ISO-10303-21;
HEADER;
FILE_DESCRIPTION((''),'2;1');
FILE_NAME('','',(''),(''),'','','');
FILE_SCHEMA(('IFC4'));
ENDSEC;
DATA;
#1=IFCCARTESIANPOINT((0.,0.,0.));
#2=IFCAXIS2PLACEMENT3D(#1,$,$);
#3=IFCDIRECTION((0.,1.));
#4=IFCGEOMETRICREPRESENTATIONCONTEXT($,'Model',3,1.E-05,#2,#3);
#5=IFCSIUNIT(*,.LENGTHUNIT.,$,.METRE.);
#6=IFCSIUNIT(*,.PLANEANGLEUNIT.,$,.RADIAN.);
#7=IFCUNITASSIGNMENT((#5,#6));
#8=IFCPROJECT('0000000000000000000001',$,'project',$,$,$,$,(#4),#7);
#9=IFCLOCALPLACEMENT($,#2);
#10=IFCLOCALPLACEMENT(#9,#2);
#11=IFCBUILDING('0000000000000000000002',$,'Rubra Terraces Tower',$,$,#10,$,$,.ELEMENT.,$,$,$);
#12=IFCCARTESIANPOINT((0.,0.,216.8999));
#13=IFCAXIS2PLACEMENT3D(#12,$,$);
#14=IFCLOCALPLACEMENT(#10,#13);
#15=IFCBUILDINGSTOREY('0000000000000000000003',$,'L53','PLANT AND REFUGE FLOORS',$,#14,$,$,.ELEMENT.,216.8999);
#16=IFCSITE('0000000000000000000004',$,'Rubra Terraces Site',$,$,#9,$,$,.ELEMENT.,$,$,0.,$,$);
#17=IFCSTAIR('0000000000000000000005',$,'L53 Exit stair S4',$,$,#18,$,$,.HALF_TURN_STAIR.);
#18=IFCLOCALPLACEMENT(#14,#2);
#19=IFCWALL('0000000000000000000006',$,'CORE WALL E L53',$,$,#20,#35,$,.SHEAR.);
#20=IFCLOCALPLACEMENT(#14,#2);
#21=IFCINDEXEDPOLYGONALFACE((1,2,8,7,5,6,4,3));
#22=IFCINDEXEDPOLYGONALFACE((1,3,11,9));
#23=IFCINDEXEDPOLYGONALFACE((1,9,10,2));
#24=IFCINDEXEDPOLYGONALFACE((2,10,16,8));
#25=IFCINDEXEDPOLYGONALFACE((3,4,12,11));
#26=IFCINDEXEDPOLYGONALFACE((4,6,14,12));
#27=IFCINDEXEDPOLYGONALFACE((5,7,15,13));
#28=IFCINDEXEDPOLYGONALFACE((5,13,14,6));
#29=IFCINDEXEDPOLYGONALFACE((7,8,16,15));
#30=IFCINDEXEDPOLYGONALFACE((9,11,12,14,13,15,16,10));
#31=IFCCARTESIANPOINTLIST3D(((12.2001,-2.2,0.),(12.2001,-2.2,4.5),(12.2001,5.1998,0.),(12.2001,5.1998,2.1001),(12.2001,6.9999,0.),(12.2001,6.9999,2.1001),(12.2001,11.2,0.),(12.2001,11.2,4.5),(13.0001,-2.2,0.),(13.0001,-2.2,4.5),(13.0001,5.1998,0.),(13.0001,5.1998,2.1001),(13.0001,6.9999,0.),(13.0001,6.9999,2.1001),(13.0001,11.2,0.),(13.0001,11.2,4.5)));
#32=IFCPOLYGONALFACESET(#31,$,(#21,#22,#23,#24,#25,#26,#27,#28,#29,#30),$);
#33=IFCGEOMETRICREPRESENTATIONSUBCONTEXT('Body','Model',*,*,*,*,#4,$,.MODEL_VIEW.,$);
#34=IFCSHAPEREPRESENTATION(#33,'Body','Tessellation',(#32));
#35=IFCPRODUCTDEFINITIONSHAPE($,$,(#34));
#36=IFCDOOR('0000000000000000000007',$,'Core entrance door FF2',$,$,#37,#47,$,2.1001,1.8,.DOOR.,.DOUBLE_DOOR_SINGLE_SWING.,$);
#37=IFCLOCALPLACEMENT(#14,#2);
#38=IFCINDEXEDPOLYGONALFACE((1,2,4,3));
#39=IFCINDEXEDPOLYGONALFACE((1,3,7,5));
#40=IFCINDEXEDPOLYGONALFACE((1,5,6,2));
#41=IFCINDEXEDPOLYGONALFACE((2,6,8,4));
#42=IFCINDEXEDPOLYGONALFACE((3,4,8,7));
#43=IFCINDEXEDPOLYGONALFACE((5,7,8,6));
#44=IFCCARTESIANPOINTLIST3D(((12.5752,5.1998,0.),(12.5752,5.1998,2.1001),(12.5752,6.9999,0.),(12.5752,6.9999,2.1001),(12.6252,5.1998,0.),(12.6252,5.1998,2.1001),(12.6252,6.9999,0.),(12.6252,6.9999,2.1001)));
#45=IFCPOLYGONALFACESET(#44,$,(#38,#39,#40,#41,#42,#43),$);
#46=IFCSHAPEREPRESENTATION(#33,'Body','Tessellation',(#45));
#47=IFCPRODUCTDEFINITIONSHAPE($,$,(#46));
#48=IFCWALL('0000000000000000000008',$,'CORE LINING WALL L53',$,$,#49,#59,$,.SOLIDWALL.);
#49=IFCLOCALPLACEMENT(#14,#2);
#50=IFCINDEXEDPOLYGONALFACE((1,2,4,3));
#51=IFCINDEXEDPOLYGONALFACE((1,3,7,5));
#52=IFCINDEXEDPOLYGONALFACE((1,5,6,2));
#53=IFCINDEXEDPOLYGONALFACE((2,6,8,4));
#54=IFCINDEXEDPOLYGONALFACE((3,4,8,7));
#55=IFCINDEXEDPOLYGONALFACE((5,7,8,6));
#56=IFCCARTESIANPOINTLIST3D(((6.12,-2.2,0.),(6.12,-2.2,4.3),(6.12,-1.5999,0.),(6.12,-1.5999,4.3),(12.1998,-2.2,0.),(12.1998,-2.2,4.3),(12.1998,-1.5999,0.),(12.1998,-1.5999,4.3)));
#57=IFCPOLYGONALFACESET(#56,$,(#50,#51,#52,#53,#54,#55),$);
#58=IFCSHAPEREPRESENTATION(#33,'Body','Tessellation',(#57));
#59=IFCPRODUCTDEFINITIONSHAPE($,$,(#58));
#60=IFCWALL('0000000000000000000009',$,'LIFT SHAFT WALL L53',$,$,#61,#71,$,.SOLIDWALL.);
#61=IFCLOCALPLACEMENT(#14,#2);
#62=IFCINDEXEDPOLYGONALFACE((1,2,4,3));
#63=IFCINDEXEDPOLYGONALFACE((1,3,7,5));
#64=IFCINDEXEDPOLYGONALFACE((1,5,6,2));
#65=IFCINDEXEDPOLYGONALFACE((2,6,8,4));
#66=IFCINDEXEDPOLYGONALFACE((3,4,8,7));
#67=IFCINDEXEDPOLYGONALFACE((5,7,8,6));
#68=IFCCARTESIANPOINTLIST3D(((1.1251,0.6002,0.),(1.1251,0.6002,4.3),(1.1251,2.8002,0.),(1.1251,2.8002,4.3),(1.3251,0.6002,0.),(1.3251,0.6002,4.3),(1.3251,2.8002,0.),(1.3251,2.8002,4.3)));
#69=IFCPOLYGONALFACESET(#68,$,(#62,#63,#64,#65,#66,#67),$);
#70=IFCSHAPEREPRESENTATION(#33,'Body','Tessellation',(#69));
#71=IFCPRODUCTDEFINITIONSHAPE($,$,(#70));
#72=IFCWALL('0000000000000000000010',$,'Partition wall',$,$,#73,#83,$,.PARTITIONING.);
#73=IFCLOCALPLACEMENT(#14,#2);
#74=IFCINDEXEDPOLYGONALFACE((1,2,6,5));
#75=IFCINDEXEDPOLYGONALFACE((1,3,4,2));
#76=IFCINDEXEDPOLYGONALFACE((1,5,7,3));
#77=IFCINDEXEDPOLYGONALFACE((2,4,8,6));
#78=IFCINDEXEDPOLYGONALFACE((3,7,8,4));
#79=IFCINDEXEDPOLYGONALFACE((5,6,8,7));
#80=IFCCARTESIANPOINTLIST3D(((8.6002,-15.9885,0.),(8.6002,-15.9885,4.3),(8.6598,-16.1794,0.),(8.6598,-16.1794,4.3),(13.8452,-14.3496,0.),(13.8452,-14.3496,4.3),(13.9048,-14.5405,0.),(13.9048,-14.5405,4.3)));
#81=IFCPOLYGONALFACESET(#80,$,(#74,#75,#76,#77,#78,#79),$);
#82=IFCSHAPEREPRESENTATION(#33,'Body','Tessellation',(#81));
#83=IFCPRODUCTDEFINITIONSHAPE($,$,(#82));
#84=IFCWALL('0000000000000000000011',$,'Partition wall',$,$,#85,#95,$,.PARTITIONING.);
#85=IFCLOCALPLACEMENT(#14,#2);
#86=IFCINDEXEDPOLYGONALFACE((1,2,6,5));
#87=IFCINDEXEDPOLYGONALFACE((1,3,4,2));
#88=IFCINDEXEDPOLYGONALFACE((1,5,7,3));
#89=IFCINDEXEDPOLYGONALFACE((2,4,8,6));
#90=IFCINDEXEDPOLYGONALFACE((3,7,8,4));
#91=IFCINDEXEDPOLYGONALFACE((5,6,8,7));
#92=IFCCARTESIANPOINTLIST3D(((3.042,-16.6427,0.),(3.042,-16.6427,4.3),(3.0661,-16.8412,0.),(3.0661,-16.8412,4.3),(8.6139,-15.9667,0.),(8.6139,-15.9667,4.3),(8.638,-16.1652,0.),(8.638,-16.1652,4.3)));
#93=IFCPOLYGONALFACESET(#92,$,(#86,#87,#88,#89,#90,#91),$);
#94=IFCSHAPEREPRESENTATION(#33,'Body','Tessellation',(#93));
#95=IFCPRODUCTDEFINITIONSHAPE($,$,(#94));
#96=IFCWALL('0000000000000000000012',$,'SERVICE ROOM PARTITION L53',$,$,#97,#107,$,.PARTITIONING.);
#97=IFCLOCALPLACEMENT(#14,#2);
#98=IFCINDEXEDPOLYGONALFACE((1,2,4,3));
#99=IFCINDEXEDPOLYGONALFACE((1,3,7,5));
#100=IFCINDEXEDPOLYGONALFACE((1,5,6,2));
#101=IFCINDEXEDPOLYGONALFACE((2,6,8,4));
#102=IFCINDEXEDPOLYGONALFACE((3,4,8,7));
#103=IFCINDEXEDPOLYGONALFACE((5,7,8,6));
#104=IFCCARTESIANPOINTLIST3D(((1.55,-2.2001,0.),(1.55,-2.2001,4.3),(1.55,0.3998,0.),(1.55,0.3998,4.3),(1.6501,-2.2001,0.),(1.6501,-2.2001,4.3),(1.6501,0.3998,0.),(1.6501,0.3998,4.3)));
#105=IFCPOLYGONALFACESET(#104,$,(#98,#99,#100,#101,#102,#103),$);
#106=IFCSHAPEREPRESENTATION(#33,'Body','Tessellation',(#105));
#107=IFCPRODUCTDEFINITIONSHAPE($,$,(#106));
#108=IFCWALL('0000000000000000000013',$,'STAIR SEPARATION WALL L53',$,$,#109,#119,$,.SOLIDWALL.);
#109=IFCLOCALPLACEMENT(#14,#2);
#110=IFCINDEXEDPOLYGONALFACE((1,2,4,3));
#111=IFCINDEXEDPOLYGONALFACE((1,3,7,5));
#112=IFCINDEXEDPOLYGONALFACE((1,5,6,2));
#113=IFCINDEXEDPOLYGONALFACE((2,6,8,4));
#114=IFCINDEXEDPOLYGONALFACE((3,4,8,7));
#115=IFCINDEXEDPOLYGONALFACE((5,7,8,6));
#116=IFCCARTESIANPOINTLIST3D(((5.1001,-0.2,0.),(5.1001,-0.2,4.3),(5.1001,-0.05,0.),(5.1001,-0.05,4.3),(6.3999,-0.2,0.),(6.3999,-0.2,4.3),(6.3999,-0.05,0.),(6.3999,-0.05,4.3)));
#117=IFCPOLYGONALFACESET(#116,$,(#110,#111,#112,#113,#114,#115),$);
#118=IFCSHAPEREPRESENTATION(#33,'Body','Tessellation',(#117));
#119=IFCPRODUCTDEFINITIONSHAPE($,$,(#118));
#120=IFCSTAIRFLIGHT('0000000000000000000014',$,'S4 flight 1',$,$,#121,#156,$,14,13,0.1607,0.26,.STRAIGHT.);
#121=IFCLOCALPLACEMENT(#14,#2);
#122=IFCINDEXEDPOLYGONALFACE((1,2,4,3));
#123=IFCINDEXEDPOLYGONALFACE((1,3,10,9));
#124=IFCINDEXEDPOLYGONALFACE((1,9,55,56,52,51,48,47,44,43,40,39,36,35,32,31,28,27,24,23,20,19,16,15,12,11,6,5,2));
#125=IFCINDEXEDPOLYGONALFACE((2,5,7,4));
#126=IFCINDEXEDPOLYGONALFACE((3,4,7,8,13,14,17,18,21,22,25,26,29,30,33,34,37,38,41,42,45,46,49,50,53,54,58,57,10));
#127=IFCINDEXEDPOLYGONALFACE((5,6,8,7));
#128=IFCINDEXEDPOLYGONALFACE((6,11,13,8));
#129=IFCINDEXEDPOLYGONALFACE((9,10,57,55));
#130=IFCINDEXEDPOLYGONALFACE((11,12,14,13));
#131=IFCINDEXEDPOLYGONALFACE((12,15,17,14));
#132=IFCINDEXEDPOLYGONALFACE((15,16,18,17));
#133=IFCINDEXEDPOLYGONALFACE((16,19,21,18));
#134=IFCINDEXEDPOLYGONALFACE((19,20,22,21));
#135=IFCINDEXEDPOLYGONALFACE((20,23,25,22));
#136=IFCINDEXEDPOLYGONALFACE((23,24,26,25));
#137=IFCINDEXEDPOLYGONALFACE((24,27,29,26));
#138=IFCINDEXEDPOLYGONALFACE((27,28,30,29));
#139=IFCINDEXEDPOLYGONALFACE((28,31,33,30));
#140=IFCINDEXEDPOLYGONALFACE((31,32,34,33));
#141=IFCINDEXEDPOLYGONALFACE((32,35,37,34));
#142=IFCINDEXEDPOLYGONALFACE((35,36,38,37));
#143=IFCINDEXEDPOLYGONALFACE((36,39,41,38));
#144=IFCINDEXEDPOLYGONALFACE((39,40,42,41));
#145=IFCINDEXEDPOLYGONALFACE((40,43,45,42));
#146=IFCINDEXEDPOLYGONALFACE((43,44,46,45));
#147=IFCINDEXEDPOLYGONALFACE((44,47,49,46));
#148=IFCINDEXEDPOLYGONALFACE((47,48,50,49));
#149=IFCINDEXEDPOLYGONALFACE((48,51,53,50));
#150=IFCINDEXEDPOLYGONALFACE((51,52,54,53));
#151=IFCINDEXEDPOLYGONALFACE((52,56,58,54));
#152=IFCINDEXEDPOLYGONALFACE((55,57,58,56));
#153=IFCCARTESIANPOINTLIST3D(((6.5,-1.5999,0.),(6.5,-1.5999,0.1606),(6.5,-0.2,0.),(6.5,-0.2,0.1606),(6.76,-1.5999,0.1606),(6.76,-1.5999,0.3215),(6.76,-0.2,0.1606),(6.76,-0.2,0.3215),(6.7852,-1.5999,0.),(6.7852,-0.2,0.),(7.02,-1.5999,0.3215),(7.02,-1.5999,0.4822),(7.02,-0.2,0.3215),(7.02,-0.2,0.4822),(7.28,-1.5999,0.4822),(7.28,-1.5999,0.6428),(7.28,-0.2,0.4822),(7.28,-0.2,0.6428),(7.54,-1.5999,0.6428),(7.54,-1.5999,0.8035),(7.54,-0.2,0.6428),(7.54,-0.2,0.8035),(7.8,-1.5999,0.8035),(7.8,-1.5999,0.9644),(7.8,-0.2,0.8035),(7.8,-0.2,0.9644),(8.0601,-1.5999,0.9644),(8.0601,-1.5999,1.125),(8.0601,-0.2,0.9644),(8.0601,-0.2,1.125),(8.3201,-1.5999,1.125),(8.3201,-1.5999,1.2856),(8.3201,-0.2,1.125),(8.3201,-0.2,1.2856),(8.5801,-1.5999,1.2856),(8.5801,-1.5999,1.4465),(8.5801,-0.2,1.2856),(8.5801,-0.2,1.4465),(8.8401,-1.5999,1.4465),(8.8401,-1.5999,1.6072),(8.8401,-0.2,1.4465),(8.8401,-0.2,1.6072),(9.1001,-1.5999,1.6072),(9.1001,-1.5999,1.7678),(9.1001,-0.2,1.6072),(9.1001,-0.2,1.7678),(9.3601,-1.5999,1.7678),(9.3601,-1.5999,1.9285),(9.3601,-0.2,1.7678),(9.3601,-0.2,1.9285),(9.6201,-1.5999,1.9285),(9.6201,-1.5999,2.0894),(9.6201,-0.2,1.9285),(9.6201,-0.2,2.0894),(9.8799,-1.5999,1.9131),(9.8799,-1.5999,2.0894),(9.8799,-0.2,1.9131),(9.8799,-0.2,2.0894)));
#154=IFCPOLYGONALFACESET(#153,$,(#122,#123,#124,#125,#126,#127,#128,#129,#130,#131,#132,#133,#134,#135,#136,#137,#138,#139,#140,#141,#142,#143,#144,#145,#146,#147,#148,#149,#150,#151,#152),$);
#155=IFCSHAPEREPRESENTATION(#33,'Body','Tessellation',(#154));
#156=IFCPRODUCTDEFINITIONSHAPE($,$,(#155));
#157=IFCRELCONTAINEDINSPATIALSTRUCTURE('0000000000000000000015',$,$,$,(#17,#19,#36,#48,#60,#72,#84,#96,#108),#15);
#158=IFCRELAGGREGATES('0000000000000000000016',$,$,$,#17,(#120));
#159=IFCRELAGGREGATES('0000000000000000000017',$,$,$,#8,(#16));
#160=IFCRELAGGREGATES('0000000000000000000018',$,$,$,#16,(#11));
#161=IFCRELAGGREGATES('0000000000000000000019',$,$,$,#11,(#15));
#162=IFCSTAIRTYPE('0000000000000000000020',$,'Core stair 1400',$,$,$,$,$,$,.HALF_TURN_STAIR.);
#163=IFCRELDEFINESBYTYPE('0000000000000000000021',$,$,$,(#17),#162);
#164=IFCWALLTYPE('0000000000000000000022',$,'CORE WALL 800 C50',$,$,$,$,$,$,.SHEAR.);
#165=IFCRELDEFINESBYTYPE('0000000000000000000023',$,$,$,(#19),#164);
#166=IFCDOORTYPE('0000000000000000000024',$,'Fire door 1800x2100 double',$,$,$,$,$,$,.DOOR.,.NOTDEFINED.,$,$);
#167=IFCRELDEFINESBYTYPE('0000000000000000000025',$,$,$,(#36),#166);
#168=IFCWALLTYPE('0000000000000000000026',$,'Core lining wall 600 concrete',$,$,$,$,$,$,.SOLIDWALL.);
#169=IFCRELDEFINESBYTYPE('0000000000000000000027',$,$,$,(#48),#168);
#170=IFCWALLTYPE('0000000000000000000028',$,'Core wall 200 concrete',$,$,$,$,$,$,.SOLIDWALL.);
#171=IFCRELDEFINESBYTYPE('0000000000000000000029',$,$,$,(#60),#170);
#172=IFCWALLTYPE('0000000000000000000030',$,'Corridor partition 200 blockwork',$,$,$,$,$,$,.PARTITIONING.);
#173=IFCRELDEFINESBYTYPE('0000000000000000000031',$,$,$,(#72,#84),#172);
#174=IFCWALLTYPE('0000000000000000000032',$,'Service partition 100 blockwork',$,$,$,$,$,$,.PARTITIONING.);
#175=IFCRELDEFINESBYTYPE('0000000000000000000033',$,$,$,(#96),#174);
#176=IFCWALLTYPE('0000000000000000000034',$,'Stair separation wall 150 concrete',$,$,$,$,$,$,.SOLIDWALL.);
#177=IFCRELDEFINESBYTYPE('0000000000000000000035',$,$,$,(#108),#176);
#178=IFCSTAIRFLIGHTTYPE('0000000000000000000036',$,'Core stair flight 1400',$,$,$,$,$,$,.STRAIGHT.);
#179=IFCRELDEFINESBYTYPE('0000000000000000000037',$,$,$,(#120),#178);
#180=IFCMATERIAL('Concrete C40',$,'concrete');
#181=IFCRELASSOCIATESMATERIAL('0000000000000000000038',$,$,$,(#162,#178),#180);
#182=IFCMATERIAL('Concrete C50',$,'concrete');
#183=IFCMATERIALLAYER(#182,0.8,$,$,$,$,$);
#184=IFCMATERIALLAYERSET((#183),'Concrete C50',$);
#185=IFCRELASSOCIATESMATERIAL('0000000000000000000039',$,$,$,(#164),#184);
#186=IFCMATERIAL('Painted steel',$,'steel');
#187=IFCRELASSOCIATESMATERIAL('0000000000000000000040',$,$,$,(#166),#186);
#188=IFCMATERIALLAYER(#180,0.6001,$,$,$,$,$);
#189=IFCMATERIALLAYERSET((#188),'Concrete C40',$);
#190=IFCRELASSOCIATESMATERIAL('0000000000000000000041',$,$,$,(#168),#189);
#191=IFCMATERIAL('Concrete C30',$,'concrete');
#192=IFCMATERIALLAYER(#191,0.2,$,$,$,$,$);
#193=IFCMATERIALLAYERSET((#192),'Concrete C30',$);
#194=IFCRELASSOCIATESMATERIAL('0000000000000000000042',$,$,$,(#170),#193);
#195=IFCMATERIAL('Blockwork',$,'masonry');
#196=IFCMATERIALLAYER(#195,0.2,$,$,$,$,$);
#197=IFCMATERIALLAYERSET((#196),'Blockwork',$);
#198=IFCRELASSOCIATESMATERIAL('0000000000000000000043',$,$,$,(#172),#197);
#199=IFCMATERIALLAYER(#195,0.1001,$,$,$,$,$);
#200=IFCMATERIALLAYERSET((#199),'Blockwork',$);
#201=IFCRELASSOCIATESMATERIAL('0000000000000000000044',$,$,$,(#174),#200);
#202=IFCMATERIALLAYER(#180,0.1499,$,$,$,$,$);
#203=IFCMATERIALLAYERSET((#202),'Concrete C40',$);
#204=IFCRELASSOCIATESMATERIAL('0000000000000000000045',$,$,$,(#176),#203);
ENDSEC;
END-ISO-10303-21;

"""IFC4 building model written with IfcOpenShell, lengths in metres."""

from ifc_helpers import new_model, si_unit, direction, frame, frame_2d, origin, place, context, subcontext, project, spatial, polyline, rectangle, outline, extrude, material, layer, layer_set, type_object, element, fill, aggregate, save


model = new_model("IFC4")

# Units and contexts
model_context = context("Model", 3, precision=1e-05, world=origin(), true_north=direction((0.0, 1.0)))
body_context = subcontext(model_context, "Body", "Model", "MODEL_VIEW")
ifc_project = project(units=[si_unit("LENGTHUNIT", "METRE"), si_unit("PLANEANGLEUNIT", "RADIAN")], contexts=[model_context])

# Site, building, storey
site_placement = place(None, origin())
site = spatial("IfcSite", under=ifc_project, at=site_placement, Name="Rubra Terraces Site", CompositionType="ELEMENT", RefElevation=0.0)
building_placement = place(site_placement, origin())
building = spatial("IfcBuilding", under=site, at=building_placement, Name="Rubra Terraces Tower", CompositionType="ELEMENT")
storey_placement = place(building_placement, frame((0.0, 0.0, 216.8999)))
storey = spatial("IfcBuildingStorey", under=building, at=storey_placement, Name="L53", Description="PLANT AND REFUGE FLOORS", CompositionType="ELEMENT", Elevation=216.8999)

# Shared definitions
ifc_material_1 = material(Name="Concrete C40", Category="concrete")

# Stair
stair_type = type_object("IfcStairType", Name="Core stair 1400", PredefinedType="HALF_TURN_STAIR", material=ifc_material_1)
stair_1_placement = place(storey_placement, origin())
stair_1 = element("IfcStair", 1, at=stair_1_placement, inside=storey, type_object=stair_type, Name="L53 Exit stair S4", PredefinedType="HALF_TURN_STAIR")

# Wall, opening, door
ifc_material_2 = material(Name="Concrete C50", Category="concrete")
ifc_layer_1 = layer(ifc_material_2, 0.8)
ifc_layer_set_1 = layer_set([ifc_layer_1], Name="Concrete C50")
wall_type_1 = type_object("IfcWallType", Name="CORE WALL 800 C50", PredefinedType="SHEAR", material=ifc_layer_set_1)
wall_1_placement = place(storey_placement, frame((12.6001, -2.2, 0.0), z_axis=(0.0, 0.0, 1.0), x_axis=(0.0, 1.0, 0.0)))
wall_1 = element("IfcWall", 2, at=wall_1_placement, inside=storey, type_object=wall_type_1, Name="CORE WALL E L53", PredefinedType="SHEAR", context=body_context, shape_type="SweptSolid", body=[
    extrude(rectangle(XDim=13.3999, YDim=0.8, at=frame_2d((6.7, 0.0))), origin(), (0.0, 0.0, 1.0), 4.5),
])
opening_placement = place(wall_1_placement, frame((7.3999, 0.0, 0.0)))
opening = element("IfcOpeningElement", 3, at=opening_placement, cuts=wall_1, PredefinedType="OPENING", context=body_context, shape_type="SweptSolid", body=[
    extrude(rectangle(XDim=1.8, YDim=2.1001, at=frame_2d((0.8999, 1.05))), frame((0.0, 0.4099, 0.0), z_axis=(0.0, -1.0, 0.0), x_axis=(1.0, 0.0, 0.0)), (0.0, 0.0, 1.0), 0.8201),
])
ifc_material_3 = material(Name="Painted steel", Category="steel")
door_type = type_object("IfcDoorType", Name="Fire door 1800x2100 double", OperationType="NOTDEFINED", PredefinedType="DOOR", material=ifc_material_3)
door_placement = place(opening_placement, origin())
door = element("IfcDoor", 4, at=door_placement, inside=storey, type_object=door_type, Name="Core entrance door FF2", OperationType="DOUBLE_DOOR_SINGLE_SWING", OverallHeight=2.1001, OverallWidth=1.8, PredefinedType="DOOR", context=body_context, shape_type="SweptSolid", body=[
    extrude(rectangle(XDim=1.8, YDim=2.1001, at=frame_2d((0.8999, 1.05))), frame((0.0, 0.0249, 0.0), z_axis=(0.0, -1.0, 0.0), x_axis=(1.0, 0.0, 0.0)), (0.0, 0.0, 1.0), 0.05),
])
fill(opening, door)

# Walls
ifc_layer_2 = layer(ifc_material_1, 0.6001)
ifc_layer_set_2 = layer_set([ifc_layer_2], Name="Concrete C40")
wall_type_2 = type_object("IfcWallType", Name="Core lining wall 600 concrete", PredefinedType="SOLIDWALL", material=ifc_layer_set_2)
wall_2_placement = place(storey_placement, frame((12.2, -1.8999, 0.0), z_axis=(0.0, 0.0, 1.0), x_axis=(-1.0, 0.0, 0.0)))
element("IfcWall", 5, at=wall_2_placement, inside=storey, type_object=wall_type_2, Name="CORE LINING WALL L53", PredefinedType="SOLIDWALL", context=body_context, shape_type="SweptSolid", body=[
    extrude(rectangle(XDim=6.0798, YDim=0.6001, at=frame_2d((3.04, 0.0))), origin(), (0.0, 0.0, 1.0), 4.3),
])
ifc_material_4 = material(Name="Concrete C30", Category="concrete")
ifc_layer_3 = layer(ifc_material_4, 0.2)
ifc_layer_set_3 = layer_set([ifc_layer_3], Name="Concrete C30")
wall_type_3 = type_object("IfcWallType", Name="Core wall 200 concrete", PredefinedType="SOLIDWALL", material=ifc_layer_set_3)
wall_3_placement = place(storey_placement, frame((1.2251, 0.6001, 0.0), z_axis=(0.0, 0.0, 1.0), x_axis=(0.0, 1.0, 0.0)))
element("IfcWall", 6, at=wall_3_placement, inside=storey, type_object=wall_type_3, Name="LIFT SHAFT WALL L53", PredefinedType="SOLIDWALL", context=body_context, shape_type="SweptSolid", body=[
    extrude(rectangle(XDim=2.2, YDim=0.2, at=frame_2d((1.1001, 0.0))), origin(), (0.0, 0.0, 1.0), 4.3),
])
ifc_material_5 = material(Name="Blockwork", Category="masonry")
ifc_layer_4 = layer(ifc_material_5, 0.2)
ifc_layer_set_4 = layer_set([ifc_layer_4], Name="Blockwork")
wall_type_4 = type_object("IfcWallType", Name="Corridor partition 200 blockwork", PredefinedType="PARTITIONING", material=ifc_layer_set_4)
wall_4_placement = place(storey_placement, frame((13.875, -14.4451, 0.0), z_axis=(0.0, 0.0, 1.0), x_axis=(-0.954489, -0.298245, 0.0)))
element("IfcWall", 7, at=wall_4_placement, inside=storey, type_object=wall_type_4, Name="Partition wall", PredefinedType="PARTITIONING", context=body_context, shape_type="SweptSolid", body=[
    extrude(rectangle(XDim=5.4951, YDim=0.2, at=frame_2d((2.7476, 0.0))), origin(), (0.0, 0.0, 1.0), 4.3),
])
wall_5_placement = place(storey_placement, frame((8.626, -16.0659, 0.0), z_axis=(0.0, 0.0, 1.0), x_axis=(-0.99272, -0.120442, 0.0)))
element("IfcWall", 8, at=wall_5_placement, inside=storey, type_object=wall_type_4, Name="Partition wall", PredefinedType="PARTITIONING", context=body_context, shape_type="SweptSolid", body=[
    extrude(rectangle(XDim=5.6128, YDim=0.2, at=frame_2d((2.8064, 0.0))), origin(), (0.0, 0.0, 1.0), 4.3),
])
ifc_layer_5 = layer(ifc_material_5, 0.1001)
ifc_layer_set_5 = layer_set([ifc_layer_5], Name="Blockwork")
wall_type_5 = type_object("IfcWallType", Name="Service partition 100 blockwork", PredefinedType="PARTITIONING", material=ifc_layer_set_5)
wall_6_placement = place(storey_placement, frame((1.6001, -2.2, 0.0), z_axis=(0.0, 0.0, 1.0), x_axis=(0.0, 1.0, 0.0)))
element("IfcWall", 9, at=wall_6_placement, inside=storey, type_object=wall_type_5, Name="SERVICE ROOM PARTITION L53", PredefinedType="PARTITIONING", context=body_context, shape_type="SweptSolid", body=[
    extrude(rectangle(XDim=2.5999, YDim=0.1001, at=frame_2d((1.2998, 0.0))), origin(), (0.0, 0.0, 1.0), 4.3),
])
ifc_layer_6 = layer(ifc_material_1, 0.1499)
ifc_layer_set_6 = layer_set([ifc_layer_6], Name="Concrete C40")
wall_type_6 = type_object("IfcWallType", Name="Stair separation wall 150 concrete", PredefinedType="SOLIDWALL", material=ifc_layer_set_6)
wall_7_placement = place(storey_placement, frame((6.3999, -0.125, 0.0), z_axis=(0.0, 0.0, 1.0), x_axis=(-1.0, 0.0, 0.0)))
element("IfcWall", 10, at=wall_7_placement, inside=storey, type_object=wall_type_6, Name="STAIR SEPARATION WALL L53", PredefinedType="SOLIDWALL", context=body_context, shape_type="SweptSolid", body=[
    extrude(rectangle(XDim=1.2998, YDim=0.1499, at=frame_2d((0.6499, 0.0))), origin(), (0.0, 0.0, 1.0), 4.3),
])

# Stair flight
stair_flight_type = type_object("IfcStairFlightType", Name="Core stair flight 1400", PredefinedType="STRAIGHT", material=ifc_material_1)
stair_flight_1_placement = place(storey_placement, frame((6.5, -0.8999, 0.0), z_axis=(0.0, 0.0, 1.0), x_axis=(1.0, 0.0, 0.0)))
stair_flight_1 = element("IfcStairFlight", 11, at=stair_flight_1_placement, type_object=stair_flight_type, Name="S4 flight 1", NumberOfRisers=14, NumberOfTreads=13, PredefinedType="STRAIGHT", RiserHeight=0.1607, TreadLength=0.26, context=body_context, shape_type="SweptSolid", body=[
    extrude(outline(polyline([(0.0, 0.0), (0.0, 0.1606), (0.26, 0.1606), (0.26, 0.3215), (0.52, 0.3215), (0.52, 0.4822), (0.78, 0.4822), (0.78, 0.6428), (1.04, 0.6428), (1.04, 0.8035), (1.3, 0.8035), (1.3, 0.9644), (1.5601, 0.9644), (1.5601, 1.125), (1.8201, 1.125), (1.8201, 1.2856), (2.0801, 1.2856), (2.0801, 1.4465), (2.3401, 1.4465), (2.3401, 1.6072), (2.6001, 1.6072), (2.6001, 1.7678), (2.8601, 1.7678), (2.8601, 1.9285), (3.1201, 1.9285), (3.1201, 2.0894), (3.3799, 2.0894), (3.3799, 2.25), (3.3799, 1.9131), (0.2852, 0.0), (0.0, 0.0)])), frame((0.0, 0.7, 0.0), z_axis=(0.0, -1.0, 0.0), x_axis=(1.0, 0.0, 0.0)), (0.0, 0.0, 1.0), 1.3999),
])
aggregate(stair_1, [stair_flight_1])

save(model, "model.ifc")
